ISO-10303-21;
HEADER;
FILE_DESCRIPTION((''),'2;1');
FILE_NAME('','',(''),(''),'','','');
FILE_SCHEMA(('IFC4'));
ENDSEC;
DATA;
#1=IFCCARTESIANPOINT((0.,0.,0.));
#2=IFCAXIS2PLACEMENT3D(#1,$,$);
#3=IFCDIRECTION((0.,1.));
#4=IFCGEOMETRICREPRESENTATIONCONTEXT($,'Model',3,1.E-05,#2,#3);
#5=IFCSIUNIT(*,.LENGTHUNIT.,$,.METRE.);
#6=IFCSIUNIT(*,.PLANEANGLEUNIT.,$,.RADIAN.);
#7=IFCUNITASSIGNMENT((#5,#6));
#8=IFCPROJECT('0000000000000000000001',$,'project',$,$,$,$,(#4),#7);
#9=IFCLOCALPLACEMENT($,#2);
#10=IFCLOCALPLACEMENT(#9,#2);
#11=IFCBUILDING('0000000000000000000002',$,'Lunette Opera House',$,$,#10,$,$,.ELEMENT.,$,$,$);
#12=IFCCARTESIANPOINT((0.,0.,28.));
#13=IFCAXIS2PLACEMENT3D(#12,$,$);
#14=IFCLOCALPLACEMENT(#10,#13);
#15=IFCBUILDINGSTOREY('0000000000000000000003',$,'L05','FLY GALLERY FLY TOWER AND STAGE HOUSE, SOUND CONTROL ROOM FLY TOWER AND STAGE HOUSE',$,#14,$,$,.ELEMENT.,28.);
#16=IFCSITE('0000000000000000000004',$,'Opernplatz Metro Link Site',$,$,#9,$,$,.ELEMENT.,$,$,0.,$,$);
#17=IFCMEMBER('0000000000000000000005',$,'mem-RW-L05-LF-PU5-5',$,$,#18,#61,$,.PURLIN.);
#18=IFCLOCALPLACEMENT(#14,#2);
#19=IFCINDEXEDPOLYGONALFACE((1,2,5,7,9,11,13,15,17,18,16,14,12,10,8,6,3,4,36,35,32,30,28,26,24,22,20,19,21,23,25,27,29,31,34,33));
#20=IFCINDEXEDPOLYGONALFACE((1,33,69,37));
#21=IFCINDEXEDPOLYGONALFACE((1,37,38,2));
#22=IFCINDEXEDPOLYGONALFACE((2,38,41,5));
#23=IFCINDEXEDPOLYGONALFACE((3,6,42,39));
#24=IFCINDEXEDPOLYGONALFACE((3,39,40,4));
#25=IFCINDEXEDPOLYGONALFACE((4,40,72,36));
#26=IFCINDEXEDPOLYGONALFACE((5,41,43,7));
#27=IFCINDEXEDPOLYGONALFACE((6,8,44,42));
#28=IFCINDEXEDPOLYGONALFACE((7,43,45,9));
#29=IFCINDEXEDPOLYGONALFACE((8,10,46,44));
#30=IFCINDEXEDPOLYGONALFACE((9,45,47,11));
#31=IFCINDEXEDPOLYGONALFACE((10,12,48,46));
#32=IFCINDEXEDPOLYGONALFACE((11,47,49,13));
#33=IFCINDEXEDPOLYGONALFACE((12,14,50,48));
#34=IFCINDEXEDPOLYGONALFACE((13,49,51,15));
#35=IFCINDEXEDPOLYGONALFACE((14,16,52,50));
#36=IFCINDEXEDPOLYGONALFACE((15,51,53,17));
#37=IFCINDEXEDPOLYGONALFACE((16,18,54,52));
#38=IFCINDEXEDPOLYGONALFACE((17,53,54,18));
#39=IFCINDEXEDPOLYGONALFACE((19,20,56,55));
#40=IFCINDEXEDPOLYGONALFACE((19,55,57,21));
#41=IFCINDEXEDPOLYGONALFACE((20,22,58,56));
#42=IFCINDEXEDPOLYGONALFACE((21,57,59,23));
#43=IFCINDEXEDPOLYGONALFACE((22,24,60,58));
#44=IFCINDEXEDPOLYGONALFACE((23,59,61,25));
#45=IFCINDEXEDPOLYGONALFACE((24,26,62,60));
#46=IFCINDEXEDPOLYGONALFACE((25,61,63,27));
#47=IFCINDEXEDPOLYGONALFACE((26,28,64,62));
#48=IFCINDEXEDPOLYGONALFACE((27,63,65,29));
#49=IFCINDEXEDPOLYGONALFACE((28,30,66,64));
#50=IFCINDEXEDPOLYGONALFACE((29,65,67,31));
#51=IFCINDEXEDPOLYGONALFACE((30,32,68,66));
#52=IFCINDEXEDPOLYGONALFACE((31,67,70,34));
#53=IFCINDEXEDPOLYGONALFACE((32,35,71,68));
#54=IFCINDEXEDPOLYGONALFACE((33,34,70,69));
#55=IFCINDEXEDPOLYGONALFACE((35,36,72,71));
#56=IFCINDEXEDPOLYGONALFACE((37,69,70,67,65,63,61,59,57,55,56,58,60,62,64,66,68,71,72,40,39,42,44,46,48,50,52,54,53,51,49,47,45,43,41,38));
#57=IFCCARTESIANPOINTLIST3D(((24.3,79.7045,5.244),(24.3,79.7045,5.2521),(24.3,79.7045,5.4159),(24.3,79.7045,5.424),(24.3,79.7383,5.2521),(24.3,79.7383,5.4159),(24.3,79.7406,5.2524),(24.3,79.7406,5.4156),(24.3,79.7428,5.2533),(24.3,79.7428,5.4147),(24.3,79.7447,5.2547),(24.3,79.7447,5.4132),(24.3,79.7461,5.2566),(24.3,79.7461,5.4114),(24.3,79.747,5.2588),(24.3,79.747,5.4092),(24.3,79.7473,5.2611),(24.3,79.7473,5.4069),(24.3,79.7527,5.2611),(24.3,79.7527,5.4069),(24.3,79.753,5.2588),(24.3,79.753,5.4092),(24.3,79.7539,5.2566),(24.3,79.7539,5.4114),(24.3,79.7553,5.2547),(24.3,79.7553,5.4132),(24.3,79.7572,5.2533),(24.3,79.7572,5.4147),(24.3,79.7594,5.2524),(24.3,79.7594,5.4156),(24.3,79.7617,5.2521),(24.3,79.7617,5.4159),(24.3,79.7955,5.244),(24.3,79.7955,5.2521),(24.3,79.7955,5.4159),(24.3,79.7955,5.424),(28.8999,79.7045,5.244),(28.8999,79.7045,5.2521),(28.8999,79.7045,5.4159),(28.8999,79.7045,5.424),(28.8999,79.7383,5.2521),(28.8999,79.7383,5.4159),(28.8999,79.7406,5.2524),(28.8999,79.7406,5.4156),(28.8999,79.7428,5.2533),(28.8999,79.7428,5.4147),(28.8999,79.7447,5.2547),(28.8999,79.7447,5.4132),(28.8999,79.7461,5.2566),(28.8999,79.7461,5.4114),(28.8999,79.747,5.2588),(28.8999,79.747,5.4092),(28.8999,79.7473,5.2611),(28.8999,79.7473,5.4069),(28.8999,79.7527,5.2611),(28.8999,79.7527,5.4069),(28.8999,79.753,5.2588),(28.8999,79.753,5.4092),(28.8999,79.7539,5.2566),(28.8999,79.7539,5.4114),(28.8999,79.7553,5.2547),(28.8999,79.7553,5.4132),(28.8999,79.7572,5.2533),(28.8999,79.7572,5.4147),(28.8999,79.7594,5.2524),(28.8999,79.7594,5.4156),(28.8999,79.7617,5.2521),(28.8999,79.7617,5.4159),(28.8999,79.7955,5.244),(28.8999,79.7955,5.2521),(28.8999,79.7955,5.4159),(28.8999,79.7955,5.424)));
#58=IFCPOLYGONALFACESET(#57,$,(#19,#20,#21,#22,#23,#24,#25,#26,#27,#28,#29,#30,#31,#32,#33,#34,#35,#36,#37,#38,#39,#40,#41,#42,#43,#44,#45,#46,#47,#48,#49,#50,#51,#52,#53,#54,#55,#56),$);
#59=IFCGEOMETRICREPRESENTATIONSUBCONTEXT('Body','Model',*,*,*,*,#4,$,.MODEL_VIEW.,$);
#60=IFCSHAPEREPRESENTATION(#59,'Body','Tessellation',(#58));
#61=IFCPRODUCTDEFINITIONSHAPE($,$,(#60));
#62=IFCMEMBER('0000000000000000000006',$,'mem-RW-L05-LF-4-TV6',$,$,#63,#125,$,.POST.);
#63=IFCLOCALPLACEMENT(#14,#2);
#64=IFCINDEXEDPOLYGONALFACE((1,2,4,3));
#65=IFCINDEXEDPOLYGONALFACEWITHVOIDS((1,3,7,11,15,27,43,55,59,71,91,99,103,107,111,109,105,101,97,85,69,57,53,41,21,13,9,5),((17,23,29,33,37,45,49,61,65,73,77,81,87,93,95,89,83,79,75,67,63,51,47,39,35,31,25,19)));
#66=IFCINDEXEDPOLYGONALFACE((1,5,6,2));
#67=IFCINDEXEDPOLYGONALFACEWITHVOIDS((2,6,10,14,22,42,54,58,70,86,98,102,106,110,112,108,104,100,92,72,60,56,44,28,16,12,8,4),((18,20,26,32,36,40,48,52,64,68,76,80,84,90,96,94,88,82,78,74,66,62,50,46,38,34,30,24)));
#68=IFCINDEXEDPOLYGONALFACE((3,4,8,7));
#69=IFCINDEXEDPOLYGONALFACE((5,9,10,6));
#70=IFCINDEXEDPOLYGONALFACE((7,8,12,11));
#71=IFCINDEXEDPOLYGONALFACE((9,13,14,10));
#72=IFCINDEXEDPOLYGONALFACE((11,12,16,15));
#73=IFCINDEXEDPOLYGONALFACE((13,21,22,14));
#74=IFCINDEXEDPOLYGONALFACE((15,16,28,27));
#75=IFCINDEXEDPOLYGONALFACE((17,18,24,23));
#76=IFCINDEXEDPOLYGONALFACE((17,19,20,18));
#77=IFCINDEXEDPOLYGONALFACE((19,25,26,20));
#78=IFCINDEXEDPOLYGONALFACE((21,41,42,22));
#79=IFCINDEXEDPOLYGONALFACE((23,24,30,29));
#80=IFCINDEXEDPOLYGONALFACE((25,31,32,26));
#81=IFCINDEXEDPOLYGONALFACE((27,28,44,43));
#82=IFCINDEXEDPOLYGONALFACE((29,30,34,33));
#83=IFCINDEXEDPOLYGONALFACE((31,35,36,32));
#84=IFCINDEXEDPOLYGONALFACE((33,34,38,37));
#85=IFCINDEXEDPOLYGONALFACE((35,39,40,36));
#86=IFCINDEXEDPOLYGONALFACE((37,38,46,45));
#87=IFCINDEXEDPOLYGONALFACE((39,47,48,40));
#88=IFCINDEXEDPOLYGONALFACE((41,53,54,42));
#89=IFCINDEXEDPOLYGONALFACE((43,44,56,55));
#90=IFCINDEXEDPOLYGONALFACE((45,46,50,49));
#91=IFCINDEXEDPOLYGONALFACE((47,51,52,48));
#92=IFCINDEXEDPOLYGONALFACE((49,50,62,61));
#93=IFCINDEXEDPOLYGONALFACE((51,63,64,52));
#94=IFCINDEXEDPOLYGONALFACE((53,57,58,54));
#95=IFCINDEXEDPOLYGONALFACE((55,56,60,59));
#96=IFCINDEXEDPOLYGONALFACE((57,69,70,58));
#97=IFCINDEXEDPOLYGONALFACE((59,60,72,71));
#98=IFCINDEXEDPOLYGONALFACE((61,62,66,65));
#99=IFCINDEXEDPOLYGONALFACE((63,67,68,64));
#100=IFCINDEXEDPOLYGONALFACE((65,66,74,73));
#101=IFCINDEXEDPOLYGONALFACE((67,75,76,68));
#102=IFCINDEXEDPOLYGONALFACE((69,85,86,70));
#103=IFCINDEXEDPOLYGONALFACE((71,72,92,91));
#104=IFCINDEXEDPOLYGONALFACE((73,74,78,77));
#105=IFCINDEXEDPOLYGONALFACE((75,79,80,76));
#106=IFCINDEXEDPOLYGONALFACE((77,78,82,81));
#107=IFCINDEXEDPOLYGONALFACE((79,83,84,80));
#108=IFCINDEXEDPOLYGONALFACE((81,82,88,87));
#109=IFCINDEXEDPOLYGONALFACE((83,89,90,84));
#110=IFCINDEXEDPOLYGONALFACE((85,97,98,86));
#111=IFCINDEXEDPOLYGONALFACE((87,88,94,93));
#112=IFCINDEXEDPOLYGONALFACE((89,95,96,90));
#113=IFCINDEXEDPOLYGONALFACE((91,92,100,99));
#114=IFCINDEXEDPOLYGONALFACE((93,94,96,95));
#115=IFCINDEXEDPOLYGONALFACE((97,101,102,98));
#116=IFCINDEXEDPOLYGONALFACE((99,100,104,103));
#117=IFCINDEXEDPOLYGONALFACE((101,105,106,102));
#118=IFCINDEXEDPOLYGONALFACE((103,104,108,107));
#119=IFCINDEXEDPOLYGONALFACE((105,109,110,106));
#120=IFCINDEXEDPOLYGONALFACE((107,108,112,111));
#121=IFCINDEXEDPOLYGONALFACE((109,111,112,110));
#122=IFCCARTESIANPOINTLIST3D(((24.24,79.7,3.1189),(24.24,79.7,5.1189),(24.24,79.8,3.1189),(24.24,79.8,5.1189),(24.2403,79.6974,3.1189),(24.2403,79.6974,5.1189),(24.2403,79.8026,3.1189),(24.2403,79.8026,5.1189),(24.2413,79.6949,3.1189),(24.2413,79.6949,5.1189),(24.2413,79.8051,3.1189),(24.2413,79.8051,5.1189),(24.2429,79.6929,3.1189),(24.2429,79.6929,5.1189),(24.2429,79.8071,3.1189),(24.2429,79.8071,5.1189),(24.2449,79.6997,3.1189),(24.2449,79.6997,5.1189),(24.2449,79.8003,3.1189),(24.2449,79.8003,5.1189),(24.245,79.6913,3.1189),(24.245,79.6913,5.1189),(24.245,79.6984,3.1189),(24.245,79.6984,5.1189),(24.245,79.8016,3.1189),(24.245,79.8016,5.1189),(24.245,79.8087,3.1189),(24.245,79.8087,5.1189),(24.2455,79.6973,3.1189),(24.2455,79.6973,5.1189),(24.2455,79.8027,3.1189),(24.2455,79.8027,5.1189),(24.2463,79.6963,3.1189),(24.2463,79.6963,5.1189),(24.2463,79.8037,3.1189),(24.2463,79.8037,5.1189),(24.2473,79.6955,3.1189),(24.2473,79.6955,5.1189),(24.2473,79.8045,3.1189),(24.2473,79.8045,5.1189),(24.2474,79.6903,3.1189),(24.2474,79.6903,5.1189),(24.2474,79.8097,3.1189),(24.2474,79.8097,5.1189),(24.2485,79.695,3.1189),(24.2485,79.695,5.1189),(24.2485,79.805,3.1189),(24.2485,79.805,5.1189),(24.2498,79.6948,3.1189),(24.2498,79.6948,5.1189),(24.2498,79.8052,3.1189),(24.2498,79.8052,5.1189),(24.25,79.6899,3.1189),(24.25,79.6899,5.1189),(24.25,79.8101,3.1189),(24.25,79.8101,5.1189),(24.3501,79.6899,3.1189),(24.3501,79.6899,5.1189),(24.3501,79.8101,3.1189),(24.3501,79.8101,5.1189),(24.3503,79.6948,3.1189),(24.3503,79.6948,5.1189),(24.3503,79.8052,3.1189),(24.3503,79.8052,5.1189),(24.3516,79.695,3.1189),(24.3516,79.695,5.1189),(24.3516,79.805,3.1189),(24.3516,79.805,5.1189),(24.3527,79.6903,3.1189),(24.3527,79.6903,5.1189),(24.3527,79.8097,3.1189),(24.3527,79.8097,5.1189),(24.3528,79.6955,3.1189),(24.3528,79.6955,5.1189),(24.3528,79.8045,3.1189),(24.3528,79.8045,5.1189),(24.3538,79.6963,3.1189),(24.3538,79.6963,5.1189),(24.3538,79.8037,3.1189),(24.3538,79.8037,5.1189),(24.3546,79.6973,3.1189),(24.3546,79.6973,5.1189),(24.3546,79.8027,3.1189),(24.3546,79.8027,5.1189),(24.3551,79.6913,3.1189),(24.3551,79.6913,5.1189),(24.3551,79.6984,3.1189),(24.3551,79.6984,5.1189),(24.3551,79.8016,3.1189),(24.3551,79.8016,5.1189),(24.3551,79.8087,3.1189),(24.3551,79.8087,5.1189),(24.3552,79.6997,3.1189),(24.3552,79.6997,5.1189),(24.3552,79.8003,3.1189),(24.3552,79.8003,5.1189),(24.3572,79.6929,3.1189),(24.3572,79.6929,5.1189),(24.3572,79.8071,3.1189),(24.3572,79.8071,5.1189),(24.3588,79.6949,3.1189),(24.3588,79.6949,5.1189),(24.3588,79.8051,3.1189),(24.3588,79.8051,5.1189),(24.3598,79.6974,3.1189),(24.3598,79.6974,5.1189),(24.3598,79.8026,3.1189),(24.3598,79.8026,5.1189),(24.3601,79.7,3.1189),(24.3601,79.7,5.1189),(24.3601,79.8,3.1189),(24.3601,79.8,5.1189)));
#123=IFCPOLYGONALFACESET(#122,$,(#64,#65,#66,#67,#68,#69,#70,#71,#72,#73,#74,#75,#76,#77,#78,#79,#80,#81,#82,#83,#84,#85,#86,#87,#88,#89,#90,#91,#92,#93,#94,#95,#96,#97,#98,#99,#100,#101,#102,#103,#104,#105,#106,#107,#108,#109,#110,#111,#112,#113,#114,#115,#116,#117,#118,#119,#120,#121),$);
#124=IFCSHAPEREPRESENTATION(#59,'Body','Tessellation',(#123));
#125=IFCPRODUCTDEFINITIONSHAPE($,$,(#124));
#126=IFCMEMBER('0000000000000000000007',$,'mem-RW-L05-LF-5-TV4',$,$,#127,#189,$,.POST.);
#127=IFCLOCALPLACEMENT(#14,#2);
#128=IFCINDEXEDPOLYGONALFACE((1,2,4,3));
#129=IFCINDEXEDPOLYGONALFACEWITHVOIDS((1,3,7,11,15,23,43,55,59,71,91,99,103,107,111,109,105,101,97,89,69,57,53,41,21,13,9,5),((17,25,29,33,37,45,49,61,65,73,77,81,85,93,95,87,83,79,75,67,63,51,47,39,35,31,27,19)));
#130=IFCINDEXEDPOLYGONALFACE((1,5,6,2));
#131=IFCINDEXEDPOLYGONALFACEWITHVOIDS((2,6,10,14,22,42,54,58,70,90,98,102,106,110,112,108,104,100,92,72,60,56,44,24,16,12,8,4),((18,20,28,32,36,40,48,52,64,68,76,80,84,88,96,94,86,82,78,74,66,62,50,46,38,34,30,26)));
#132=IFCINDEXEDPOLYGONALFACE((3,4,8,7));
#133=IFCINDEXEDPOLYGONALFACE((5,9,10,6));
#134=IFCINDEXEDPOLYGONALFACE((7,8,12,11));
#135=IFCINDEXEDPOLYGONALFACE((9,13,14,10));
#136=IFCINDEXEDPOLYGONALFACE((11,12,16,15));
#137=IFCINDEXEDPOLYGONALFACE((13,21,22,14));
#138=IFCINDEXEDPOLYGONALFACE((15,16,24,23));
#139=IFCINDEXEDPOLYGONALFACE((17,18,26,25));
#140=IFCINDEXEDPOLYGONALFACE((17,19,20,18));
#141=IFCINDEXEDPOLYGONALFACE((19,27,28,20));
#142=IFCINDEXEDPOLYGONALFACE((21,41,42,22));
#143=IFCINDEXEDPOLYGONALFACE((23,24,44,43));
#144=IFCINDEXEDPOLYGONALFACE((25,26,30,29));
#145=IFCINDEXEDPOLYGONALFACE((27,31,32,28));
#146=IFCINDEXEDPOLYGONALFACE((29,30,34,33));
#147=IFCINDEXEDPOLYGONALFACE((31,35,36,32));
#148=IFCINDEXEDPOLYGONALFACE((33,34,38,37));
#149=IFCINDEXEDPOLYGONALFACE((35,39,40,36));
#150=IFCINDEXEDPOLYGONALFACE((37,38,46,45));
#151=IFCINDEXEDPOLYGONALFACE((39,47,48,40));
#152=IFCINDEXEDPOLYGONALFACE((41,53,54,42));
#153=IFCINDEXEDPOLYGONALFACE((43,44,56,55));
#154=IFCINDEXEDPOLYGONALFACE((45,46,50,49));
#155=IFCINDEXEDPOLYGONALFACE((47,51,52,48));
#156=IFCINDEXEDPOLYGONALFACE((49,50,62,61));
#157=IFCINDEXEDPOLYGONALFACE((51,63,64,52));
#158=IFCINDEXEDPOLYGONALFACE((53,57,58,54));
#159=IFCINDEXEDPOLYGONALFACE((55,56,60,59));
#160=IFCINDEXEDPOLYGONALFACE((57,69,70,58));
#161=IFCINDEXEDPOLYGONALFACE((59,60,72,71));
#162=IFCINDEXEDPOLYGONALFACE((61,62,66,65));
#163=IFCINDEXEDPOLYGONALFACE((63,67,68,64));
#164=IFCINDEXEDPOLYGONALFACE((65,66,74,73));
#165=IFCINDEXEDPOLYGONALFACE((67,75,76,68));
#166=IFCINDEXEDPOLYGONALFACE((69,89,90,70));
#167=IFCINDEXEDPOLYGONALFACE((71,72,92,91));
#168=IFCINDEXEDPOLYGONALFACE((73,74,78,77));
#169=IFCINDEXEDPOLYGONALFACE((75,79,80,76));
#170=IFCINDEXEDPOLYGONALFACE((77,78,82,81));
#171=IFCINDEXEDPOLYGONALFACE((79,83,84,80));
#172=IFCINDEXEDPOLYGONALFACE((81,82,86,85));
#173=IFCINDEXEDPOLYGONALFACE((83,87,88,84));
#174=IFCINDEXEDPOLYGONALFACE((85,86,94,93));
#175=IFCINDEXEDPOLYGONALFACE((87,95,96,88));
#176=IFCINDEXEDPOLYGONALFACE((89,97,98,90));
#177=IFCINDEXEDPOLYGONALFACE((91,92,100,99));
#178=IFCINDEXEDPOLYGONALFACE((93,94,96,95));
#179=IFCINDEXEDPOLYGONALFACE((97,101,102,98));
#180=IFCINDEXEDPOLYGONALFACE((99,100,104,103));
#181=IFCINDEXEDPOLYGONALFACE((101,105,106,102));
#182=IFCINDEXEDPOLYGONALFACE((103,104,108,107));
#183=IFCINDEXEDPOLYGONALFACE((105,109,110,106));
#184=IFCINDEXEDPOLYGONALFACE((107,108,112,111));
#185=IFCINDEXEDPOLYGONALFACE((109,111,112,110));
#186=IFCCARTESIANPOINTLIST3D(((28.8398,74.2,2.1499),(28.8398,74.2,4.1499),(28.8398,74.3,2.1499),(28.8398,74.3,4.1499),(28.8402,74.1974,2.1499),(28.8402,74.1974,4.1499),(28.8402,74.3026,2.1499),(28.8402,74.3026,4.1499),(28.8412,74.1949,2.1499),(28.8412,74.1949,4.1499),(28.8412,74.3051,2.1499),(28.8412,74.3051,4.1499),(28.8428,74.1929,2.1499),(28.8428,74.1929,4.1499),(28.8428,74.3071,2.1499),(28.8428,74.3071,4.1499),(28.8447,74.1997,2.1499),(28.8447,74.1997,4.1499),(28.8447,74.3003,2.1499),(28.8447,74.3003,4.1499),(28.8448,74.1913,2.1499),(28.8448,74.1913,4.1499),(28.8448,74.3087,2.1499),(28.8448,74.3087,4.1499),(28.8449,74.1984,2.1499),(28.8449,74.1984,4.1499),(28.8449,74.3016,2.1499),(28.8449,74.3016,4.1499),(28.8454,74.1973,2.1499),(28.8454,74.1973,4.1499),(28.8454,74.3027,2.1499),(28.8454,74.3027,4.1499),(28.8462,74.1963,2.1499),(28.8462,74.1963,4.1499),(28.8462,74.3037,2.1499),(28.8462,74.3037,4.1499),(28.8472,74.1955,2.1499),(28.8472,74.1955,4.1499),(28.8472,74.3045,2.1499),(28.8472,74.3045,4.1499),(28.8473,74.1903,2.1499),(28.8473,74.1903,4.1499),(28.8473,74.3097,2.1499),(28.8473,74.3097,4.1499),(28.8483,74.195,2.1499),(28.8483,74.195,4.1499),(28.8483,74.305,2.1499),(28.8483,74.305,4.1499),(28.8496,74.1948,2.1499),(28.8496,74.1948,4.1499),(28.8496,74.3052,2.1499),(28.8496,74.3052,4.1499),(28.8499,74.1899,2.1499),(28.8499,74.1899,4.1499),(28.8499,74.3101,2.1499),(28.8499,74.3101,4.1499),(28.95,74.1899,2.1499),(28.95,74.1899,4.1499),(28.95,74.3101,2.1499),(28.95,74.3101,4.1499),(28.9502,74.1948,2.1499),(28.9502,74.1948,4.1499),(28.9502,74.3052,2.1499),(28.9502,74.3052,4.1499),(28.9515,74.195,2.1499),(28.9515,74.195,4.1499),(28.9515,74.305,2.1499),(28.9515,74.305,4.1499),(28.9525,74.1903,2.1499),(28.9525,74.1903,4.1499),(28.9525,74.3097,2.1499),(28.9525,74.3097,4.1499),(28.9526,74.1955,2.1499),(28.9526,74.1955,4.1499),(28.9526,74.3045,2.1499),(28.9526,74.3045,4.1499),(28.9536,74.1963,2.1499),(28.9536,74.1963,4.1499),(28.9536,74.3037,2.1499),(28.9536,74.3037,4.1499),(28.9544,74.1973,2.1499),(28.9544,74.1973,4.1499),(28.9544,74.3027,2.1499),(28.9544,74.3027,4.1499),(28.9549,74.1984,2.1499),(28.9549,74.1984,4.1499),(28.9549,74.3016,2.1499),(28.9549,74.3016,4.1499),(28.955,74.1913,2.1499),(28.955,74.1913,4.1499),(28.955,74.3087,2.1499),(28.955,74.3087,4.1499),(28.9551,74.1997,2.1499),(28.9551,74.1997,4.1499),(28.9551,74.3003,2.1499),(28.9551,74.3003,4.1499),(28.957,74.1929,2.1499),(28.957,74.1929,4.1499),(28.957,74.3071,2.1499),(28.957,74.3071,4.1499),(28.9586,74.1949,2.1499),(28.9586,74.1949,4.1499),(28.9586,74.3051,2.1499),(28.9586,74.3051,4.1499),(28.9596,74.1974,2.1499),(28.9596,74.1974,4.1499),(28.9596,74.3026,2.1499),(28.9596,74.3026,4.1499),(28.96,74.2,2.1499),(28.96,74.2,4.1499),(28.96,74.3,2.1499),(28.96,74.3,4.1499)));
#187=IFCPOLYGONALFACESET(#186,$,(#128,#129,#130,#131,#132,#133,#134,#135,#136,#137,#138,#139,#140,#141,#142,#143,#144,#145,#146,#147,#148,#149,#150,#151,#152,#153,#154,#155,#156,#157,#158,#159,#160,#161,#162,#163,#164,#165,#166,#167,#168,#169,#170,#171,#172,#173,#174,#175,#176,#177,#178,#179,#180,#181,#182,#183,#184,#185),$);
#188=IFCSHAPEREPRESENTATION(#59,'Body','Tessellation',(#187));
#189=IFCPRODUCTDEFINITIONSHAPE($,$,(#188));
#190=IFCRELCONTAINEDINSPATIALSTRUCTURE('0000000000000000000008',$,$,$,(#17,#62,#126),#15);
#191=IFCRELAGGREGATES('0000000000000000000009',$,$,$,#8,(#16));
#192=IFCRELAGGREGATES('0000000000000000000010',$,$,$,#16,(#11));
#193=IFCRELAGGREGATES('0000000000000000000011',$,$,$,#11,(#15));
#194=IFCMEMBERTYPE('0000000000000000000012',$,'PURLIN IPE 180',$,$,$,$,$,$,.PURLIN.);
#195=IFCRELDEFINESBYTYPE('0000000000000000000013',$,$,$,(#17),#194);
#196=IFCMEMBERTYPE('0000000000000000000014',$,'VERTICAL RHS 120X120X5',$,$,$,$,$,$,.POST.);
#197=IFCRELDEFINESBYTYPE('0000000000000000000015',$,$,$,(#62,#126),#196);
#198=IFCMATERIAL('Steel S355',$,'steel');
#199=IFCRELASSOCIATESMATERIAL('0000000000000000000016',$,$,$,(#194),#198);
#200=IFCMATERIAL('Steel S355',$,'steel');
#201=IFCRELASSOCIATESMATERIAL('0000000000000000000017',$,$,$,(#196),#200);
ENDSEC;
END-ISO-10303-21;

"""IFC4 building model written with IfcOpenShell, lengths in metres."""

from ifc_helpers import new_model, si_unit, direction, frame, origin, origin_2d, place, context, subcontext, project, spatial, hollow_rectangle, i_section, extrude, material, material_profile, profile_set, type_object, element, save


model = new_model("IFC4")

# Units and contexts
model_context = context("Model", 3, precision=1e-05, world=origin(), true_north=direction((0.0, 1.0)))
body_context = subcontext(model_context, "Body", "Model", "MODEL_VIEW")
ifc_project = project(units=[si_unit("LENGTHUNIT", "METRE"), si_unit("PLANEANGLEUNIT", "RADIAN")], contexts=[model_context])

# Site, building, storey
site_placement = place(None, origin())
site = spatial("IfcSite", under=ifc_project, at=site_placement, Name="Opernplatz Metro Link Site", CompositionType="ELEMENT", RefElevation=0.0)
building_placement = place(site_placement, origin())
building = spatial("IfcBuilding", under=site, at=building_placement, Name="Lunette Opera House", CompositionType="ELEMENT")
storey_placement = place(building_placement, frame((0.0, 0.0, 28.0)))
storey = spatial("IfcBuildingStorey", under=building, at=storey_placement, Name="L05", Description="FLY GALLERY FLY TOWER AND STAGE HOUSE, SOUND CONTROL ROOM FLY TOWER AND STAGE HOUSE", CompositionType="ELEMENT", Elevation=28.0)

# Members
ifc_material_1 = material(Name="Steel S355", Category="steel")
ifc_material_profile_1 = material_profile(ifc_material_1, i_section(OverallWidth=0.0911, OverallDepth=0.1799, WebThickness=0.0054, FlangeThickness=0.0081, FilletRadius=0.009, at=origin_2d()), Name="IPE 180")
ifc_profile_set_1 = profile_set([ifc_material_profile_1], Name="Steel S355")
member_type_1 = type_object("IfcMemberType", Name="PURLIN IPE 180", PredefinedType="PURLIN", material=ifc_profile_set_1)
member_1_placement = place(storey_placement, frame((24.3, 79.75, 5.334), z_axis=(1.0, 0.0, 0.0), x_axis=(0.0, 1.0, 0.0)))
element("IfcMember", 1, at=member_1_placement, inside=storey, type_object=member_type_1, Name="mem-RW-L05-LF-PU5-5", PredefinedType="PURLIN", context=body_context, shape_type="SweptSolid", body=[
    extrude(i_section(OverallWidth=0.0911, OverallDepth=0.1799, WebThickness=0.0054, FlangeThickness=0.0081, FilletRadius=0.009, at=origin_2d()), origin(), (0.0, 0.0, 1.0), 4.5999),
])
ifc_material_2 = material(Name="Steel S355", Category="steel")
ifc_material_profile_2 = material_profile(ifc_material_2, hollow_rectangle(XDim=0.1201, YDim=0.1201, WallThickness=0.0049, InnerFilletRadius=0.0049, OuterFilletRadius=0.01, at=origin_2d()), Name="RHS 120X120X5")
ifc_profile_set_2 = profile_set([ifc_material_profile_2], Name="Steel S355")
member_type_2 = type_object("IfcMemberType", Name="VERTICAL RHS 120X120X5", PredefinedType="POST", material=ifc_profile_set_2)
for number, where, z_axis, x_axis, name in (
    (2, (24.3, 79.75, 3.1189), (0.0, 0.0, 1.0), (1.0, 0.0, 0.0), "mem-RW-L05-LF-4-TV6"),
    (3, (28.8999, 74.25, 2.1499), (0.0, 0.0, 1.0), (1.0, 0.0, 0.0), "mem-RW-L05-LF-5-TV4"),
):
    element("IfcMember", number, at=place(storey_placement, frame(where, z_axis=z_axis, x_axis=x_axis)), inside=storey, type_object=member_type_2, Name=name, PredefinedType="POST", context=body_context, shape_type="SweptSolid", body=[
        extrude(hollow_rectangle(XDim=0.1201, YDim=0.1201, WallThickness=0.0049, InnerFilletRadius=0.0049, OuterFilletRadius=0.01, at=origin_2d()), origin(), (0.0, 0.0, 1.0), 2.0),
    ])

save(model, "model.ifc")
